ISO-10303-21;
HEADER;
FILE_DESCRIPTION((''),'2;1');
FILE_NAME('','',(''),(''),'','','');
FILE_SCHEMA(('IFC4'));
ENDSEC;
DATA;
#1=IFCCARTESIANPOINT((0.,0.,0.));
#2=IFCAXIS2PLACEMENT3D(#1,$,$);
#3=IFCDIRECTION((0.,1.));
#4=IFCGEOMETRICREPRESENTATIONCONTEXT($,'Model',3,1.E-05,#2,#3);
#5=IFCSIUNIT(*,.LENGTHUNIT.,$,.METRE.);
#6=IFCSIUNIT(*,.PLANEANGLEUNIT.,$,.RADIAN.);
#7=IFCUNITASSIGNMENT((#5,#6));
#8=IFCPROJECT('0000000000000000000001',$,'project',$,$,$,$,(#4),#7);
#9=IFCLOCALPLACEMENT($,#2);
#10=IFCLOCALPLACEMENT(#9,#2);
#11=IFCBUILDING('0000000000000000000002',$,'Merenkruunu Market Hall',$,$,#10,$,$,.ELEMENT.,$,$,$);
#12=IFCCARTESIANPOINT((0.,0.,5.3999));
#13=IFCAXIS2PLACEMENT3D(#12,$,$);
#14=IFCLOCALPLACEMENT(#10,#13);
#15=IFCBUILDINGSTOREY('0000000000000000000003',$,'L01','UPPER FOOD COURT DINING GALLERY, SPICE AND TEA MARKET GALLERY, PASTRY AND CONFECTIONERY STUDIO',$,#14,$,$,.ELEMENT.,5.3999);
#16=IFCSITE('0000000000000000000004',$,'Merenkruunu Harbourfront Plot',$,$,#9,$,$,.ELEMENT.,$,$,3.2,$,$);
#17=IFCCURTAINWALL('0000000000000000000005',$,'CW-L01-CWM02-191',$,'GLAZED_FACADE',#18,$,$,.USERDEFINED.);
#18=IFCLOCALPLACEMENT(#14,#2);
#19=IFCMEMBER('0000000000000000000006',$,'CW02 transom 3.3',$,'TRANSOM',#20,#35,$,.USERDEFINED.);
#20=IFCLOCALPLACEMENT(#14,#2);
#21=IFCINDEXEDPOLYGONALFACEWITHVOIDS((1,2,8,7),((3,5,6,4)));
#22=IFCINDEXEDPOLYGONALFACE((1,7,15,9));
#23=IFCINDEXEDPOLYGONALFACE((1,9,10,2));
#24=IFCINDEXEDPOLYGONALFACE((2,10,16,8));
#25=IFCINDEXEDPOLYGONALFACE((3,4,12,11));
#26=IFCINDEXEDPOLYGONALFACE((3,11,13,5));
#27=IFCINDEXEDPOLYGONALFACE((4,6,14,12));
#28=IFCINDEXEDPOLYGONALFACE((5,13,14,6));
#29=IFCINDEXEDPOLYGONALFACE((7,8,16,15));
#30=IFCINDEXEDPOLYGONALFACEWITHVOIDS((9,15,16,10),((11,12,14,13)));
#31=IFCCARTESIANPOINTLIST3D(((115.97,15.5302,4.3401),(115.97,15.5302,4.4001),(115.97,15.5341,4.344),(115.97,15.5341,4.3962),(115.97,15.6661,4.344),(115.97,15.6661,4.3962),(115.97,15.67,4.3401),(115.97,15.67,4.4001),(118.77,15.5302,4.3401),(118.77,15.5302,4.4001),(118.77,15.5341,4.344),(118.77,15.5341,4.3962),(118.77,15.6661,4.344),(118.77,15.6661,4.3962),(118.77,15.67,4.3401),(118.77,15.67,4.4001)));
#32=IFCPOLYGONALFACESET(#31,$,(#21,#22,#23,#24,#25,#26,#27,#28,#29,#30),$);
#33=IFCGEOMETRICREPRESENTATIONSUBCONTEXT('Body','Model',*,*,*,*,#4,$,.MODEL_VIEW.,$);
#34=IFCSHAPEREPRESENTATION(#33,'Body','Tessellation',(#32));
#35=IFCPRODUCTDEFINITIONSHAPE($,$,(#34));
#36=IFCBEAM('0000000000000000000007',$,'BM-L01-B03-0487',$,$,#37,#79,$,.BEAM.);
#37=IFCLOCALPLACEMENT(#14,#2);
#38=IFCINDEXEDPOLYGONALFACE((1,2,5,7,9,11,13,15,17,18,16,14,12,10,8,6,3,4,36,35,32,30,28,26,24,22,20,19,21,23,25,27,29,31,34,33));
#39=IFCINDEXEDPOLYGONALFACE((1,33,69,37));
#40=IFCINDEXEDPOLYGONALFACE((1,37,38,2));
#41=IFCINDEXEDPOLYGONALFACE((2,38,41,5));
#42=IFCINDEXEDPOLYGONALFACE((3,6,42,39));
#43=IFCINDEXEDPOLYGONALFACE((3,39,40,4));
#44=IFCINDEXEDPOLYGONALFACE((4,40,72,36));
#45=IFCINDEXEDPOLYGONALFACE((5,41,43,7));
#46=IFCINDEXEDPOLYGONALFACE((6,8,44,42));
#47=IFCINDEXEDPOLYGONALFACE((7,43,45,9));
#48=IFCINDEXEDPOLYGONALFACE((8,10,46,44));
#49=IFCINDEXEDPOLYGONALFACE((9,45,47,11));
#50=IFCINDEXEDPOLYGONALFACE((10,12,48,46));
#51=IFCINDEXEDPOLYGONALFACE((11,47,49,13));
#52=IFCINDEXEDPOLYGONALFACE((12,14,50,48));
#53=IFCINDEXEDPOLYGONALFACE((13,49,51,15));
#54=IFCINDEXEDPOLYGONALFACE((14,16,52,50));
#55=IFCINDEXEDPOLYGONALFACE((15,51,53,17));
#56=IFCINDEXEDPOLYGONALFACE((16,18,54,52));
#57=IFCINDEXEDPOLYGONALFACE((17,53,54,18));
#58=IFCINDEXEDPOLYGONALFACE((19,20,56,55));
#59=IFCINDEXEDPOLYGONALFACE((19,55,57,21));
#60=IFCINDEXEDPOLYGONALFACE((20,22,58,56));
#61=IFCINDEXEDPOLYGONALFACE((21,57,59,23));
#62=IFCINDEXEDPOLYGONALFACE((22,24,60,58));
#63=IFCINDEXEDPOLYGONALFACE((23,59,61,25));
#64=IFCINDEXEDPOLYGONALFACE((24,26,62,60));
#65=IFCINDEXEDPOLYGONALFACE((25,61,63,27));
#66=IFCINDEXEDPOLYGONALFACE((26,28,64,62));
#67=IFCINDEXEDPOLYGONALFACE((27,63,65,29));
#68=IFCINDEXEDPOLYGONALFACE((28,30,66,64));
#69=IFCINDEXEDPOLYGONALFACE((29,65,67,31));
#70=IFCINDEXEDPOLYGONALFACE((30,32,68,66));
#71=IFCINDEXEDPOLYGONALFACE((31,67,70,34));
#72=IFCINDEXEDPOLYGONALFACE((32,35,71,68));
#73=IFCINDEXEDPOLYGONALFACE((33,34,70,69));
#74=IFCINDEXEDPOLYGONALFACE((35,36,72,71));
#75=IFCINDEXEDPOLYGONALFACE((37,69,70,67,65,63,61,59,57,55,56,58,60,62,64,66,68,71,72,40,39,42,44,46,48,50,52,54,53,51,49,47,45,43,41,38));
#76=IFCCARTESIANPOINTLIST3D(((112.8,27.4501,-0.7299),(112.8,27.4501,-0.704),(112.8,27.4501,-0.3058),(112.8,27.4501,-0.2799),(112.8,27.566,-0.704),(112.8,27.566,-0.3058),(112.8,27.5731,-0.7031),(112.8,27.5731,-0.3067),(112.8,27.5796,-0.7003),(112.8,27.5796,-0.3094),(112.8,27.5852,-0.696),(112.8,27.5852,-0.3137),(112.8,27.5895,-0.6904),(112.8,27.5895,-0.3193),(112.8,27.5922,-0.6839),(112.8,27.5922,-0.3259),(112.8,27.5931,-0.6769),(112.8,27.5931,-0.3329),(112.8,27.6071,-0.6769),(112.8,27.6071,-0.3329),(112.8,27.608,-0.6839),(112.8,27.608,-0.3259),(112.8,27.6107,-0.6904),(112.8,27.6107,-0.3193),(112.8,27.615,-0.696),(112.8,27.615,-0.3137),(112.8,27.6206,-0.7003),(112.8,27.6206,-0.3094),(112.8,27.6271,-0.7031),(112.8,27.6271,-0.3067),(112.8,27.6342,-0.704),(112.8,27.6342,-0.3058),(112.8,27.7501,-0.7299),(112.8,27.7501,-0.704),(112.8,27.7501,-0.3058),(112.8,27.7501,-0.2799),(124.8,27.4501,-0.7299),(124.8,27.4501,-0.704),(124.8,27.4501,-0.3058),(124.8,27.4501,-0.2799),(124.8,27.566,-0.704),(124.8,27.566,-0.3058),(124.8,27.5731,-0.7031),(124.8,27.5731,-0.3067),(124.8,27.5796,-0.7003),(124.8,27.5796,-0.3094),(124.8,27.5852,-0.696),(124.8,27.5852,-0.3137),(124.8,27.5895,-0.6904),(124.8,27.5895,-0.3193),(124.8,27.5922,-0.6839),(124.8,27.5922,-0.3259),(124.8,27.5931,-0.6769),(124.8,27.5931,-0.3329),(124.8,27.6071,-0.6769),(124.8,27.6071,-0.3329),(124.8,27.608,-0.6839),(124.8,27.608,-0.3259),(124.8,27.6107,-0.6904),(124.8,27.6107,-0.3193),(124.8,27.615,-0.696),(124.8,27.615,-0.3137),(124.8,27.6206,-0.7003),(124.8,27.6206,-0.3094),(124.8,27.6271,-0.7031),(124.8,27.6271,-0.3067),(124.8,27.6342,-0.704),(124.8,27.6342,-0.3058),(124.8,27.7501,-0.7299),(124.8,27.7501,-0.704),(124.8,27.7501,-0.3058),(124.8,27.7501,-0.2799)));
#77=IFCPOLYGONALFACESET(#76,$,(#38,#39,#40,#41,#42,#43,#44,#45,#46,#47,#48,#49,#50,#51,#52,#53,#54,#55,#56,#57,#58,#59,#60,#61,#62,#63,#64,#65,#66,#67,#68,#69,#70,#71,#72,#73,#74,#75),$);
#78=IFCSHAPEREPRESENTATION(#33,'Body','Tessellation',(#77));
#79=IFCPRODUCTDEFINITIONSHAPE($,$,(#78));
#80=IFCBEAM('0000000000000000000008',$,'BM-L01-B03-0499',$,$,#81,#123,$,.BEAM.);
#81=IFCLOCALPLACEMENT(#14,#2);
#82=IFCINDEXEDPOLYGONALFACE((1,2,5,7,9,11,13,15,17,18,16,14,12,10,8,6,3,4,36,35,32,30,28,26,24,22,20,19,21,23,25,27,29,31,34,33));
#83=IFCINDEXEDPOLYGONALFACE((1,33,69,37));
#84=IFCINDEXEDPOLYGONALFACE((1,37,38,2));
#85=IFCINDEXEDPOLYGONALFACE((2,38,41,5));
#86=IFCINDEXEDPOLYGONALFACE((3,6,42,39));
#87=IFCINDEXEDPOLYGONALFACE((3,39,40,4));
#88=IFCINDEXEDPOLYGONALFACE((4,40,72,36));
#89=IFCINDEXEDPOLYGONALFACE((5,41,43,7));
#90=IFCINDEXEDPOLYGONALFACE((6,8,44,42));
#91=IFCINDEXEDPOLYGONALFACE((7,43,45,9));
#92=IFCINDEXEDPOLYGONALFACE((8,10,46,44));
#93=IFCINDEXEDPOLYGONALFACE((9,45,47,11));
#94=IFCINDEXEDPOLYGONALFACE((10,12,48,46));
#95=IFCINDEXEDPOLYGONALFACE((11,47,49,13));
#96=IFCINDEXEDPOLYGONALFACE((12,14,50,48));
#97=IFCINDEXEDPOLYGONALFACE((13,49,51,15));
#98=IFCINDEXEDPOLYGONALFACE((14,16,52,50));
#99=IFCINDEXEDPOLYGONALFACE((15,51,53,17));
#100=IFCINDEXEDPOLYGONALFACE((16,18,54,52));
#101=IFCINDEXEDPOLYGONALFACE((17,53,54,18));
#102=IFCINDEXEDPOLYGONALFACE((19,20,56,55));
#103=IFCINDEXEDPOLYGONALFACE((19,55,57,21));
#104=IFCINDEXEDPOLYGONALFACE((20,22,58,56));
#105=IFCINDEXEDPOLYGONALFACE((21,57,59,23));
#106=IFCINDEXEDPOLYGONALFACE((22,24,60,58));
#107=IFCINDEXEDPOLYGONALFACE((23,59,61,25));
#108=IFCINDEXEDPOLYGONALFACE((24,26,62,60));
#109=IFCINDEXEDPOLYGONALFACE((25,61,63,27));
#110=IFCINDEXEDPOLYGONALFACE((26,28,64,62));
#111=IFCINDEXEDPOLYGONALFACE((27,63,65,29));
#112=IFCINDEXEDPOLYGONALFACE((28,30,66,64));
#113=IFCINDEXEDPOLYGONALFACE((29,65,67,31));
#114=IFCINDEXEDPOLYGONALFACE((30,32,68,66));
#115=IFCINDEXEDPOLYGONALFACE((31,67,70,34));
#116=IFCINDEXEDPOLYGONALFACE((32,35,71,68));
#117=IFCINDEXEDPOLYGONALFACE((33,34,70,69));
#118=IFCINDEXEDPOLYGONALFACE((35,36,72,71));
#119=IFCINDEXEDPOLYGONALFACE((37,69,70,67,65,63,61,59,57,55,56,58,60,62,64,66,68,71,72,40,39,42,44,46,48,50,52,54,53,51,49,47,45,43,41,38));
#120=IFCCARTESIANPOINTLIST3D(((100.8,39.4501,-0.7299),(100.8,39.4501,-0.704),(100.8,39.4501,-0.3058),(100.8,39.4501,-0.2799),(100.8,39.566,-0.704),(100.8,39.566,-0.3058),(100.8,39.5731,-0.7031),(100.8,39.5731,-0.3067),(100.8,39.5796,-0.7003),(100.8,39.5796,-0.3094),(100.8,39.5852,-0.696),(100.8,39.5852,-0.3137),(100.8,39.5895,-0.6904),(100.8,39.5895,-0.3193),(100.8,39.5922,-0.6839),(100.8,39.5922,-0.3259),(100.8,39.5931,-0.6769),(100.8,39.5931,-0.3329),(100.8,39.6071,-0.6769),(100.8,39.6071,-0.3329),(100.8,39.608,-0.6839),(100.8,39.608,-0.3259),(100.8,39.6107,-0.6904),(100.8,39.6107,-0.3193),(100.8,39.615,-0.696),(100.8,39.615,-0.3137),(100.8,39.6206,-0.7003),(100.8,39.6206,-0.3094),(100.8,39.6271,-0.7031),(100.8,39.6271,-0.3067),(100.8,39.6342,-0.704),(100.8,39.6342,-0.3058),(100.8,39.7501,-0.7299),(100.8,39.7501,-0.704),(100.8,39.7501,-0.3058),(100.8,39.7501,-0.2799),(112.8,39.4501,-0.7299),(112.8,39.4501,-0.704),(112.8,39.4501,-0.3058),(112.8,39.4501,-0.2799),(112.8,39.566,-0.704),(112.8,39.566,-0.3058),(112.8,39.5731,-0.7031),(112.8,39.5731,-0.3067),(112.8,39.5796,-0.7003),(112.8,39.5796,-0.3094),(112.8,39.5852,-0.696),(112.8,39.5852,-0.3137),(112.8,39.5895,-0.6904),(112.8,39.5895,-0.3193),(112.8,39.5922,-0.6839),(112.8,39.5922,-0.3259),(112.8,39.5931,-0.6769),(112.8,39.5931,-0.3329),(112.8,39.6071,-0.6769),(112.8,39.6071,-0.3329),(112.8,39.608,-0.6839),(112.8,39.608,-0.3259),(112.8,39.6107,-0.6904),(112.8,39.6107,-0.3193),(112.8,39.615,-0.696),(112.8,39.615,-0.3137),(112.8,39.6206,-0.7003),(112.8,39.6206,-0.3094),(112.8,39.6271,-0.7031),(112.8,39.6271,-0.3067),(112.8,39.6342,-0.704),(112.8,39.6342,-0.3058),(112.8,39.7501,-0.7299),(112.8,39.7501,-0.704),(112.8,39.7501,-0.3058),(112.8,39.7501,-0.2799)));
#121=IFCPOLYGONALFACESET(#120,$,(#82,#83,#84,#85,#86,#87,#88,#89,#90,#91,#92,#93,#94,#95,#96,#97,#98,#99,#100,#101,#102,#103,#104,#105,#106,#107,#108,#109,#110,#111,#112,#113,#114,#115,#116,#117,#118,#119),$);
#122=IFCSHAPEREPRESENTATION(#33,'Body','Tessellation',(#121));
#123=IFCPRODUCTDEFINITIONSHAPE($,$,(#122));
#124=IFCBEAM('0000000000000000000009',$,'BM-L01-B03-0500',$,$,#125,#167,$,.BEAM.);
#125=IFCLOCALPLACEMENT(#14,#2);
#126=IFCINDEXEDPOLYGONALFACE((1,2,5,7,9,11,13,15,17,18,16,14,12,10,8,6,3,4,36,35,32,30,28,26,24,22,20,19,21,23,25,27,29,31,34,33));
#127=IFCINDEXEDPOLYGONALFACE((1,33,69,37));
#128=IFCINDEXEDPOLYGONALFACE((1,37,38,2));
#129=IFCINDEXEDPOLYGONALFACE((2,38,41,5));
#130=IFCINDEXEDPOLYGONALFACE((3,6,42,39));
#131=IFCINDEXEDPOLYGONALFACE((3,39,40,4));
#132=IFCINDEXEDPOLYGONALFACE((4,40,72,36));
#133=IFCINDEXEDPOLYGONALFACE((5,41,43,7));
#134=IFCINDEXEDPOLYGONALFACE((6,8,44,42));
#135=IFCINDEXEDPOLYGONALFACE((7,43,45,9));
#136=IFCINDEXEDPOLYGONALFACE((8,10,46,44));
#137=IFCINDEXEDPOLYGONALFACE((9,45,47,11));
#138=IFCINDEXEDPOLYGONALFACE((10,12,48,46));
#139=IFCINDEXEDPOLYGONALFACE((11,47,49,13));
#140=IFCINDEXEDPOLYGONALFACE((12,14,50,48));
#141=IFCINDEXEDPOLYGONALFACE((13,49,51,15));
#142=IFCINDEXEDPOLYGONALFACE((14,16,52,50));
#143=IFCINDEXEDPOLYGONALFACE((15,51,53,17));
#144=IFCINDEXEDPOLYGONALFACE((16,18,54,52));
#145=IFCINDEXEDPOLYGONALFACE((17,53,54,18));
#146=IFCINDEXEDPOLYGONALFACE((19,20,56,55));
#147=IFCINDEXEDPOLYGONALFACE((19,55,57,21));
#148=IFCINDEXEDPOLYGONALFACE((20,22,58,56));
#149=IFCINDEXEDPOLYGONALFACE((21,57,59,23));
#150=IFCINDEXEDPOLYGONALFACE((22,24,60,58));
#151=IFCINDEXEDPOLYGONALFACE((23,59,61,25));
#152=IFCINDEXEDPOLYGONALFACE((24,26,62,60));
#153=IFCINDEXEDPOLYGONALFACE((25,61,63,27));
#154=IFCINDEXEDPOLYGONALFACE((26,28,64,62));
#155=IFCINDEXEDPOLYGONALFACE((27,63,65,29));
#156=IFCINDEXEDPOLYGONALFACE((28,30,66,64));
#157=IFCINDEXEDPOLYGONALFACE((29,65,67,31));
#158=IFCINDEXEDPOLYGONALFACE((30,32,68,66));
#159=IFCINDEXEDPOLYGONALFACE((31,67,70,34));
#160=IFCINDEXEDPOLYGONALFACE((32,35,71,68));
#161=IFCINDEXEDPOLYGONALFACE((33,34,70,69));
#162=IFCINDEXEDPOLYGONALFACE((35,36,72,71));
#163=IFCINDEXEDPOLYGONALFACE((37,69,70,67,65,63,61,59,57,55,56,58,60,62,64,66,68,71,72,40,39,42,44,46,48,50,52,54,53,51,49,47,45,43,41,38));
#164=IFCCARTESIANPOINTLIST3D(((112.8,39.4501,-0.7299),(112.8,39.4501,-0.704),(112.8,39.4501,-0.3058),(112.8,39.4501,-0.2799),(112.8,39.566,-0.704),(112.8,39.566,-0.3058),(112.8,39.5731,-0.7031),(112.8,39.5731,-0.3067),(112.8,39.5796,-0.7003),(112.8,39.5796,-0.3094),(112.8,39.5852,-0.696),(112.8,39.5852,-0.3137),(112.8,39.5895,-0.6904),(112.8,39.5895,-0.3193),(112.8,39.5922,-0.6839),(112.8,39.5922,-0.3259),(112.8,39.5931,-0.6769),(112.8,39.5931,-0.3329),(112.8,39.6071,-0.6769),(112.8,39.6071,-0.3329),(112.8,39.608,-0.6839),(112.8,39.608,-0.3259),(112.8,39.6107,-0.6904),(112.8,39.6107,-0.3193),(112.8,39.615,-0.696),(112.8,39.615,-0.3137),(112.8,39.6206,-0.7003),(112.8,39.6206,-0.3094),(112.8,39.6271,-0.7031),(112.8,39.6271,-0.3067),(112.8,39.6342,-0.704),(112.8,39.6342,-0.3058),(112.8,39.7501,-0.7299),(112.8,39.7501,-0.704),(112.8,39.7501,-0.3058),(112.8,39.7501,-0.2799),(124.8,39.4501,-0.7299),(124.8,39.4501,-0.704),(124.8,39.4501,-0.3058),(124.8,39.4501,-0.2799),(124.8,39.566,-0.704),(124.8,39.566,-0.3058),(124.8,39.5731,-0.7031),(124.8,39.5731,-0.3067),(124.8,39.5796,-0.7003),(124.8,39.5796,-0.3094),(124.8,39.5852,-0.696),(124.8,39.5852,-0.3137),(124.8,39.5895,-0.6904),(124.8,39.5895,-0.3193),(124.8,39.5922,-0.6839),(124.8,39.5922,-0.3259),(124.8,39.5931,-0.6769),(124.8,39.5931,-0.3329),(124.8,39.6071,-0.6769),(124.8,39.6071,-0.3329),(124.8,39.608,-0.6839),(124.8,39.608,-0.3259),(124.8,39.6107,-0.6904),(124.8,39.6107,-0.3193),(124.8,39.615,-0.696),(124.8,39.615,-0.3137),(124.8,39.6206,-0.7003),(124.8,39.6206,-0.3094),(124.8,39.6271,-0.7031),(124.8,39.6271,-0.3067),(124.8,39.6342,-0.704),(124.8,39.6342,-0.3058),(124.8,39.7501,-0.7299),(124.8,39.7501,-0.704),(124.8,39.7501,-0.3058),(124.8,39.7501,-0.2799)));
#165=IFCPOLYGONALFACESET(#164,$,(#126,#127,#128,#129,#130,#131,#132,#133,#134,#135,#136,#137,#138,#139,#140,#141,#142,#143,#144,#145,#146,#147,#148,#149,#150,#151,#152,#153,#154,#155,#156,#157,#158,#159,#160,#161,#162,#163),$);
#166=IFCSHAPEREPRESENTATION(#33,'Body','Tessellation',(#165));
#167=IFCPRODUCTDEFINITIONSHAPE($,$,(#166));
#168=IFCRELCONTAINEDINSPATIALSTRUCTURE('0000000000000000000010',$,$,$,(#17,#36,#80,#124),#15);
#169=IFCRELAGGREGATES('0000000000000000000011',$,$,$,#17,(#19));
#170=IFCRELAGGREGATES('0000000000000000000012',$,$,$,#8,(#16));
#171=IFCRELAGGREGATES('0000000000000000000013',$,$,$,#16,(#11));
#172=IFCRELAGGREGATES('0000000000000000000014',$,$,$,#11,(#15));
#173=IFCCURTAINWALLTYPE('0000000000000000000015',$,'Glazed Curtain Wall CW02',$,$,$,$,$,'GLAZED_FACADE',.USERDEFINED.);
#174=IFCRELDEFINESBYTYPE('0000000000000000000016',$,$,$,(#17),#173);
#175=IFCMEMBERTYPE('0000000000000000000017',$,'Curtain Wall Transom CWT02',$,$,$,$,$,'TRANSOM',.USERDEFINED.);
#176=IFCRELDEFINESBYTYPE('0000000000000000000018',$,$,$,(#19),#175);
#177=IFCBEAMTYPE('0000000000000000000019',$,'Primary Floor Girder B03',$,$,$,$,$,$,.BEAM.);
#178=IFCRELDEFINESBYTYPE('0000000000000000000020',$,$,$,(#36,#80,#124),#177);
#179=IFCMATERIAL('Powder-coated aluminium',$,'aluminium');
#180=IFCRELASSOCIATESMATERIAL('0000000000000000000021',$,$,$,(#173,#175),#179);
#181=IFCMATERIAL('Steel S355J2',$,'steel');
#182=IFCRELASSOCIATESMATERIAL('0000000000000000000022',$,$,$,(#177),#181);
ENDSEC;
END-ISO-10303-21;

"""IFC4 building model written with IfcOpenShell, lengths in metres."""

from ifc_helpers import new_model, si_unit, direction, frame, origin, origin_2d, place, context, subcontext, project, spatial, hollow_rectangle, i_section, extrude, material, material_profile, profile_set, type_object, element, aggregate, save


model = new_model("IFC4")

# Units and contexts
model_context = context("Model", 3, precision=1e-05, world=origin(), true_north=direction((0.0, 1.0)))
body_context = subcontext(model_context, "Body", "Model", "MODEL_VIEW")
ifc_project = project(units=[si_unit("LENGTHUNIT", "METRE"), si_unit("PLANEANGLEUNIT", "RADIAN")], contexts=[model_context])

# Site, building, storey
site_placement = place(None, origin())
site = spatial("IfcSite", under=ifc_project, at=site_placement, Name="Merenkruunu Harbourfront Plot", CompositionType="ELEMENT", RefElevation=3.2)
building_placement = place(site_placement, origin())
building = spatial("IfcBuilding", under=site, at=building_placement, Name="Merenkruunu Market Hall", CompositionType="ELEMENT")
storey_placement = place(building_placement, frame((0.0, 0.0, 5.3999)))
storey = spatial("IfcBuildingStorey", under=building, at=storey_placement, Name="L01", Description="UPPER FOOD COURT DINING GALLERY, SPICE AND TEA MARKET GALLERY, PASTRY AND CONFECTIONERY STUDIO", CompositionType="ELEMENT", Elevation=5.3999)

# Shared definitions
ifc_material_1 = material(Name="Steel S355J2", Category="steel")

# Curtain wall, member
ifc_material_2 = material(Name="Powder-coated aluminium", Category="aluminium")
curtain_wall_type = type_object("IfcCurtainWallType", Name="Glazed Curtain Wall CW02", ElementType="GLAZED_FACADE", PredefinedType="USERDEFINED", material=ifc_material_2)
curtain_wall_placement = place(storey_placement, origin())
curtain_wall = element("IfcCurtainWall", 1, at=curtain_wall_placement, inside=storey, type_object=curtain_wall_type, Name="CW-L01-CWM02-191", ObjectType="GLAZED_FACADE", PredefinedType="USERDEFINED")
ifc_material_profile_1 = material_profile(ifc_material_2, hollow_rectangle(XDim=0.0601, YDim=0.1399, WallThickness=0.0039, at=origin_2d()), Name="ALU 60x140x4")
ifc_profile_set_1 = profile_set([ifc_material_profile_1], Name="Powder-coated aluminium")
member_type_1 = type_object("IfcMemberType", Name="Curtain Wall Transom CWT02", ElementType="TRANSOM", PredefinedType="USERDEFINED", material=ifc_profile_set_1)
member_1_placement = place(storey_placement, frame((118.77, 15.6001, 4.3701), z_axis=(-1.0, 0.0, 0.0), x_axis=(0.0, 0.0, 1.0)))
member_1 = element("IfcMember", 2, at=member_1_placement, type_object=member_type_1, Name="CW02 transom 3.3", ObjectType="TRANSOM", PredefinedType="USERDEFINED", context=body_context, shape_type="SweptSolid", body=[
    extrude(hollow_rectangle(XDim=0.0601, YDim=0.1399, WallThickness=0.0039, at=origin_2d()), origin(), (0.0, 0.0, 1.0), 2.8),
])

# Beams
ifc_material_profile_2 = material_profile(ifc_material_1, i_section(OverallWidth=0.3, OverallDepth=0.45, WebThickness=0.0139, FlangeThickness=0.0259, FilletRadius=0.0271, at=origin_2d()), Name="HEB 450")
ifc_profile_set_2 = profile_set([ifc_material_profile_2], Name="Steel S355J2")
beam_type_1 = type_object("IfcBeamType", Name="Primary Floor Girder B03", PredefinedType="BEAM", material=ifc_profile_set_2)
for number, where, z_axis, x_axis, name in (
    (3, (112.8, 27.6001, -0.5049), (1.0, 0.0, 0.0), (0.0, 1.0, 0.0), "BM-L01-B03-0487"),
    (4, (100.8, 39.6001, -0.5049), (1.0, 0.0, 0.0), (0.0, 1.0, 0.0), "BM-L01-B03-0499"),
    (5, (112.8, 39.6001, -0.5049), (1.0, 0.0, 0.0), (0.0, 1.0, 0.0), "BM-L01-B03-0500"),
):
    element("IfcBeam", number, at=place(storey_placement, frame(where, z_axis=z_axis, x_axis=x_axis)), inside=storey, type_object=beam_type_1, Name=name, PredefinedType="BEAM", context=body_context, shape_type="SweptSolid", body=[
        extrude(i_section(OverallWidth=0.3, OverallDepth=0.45, WebThickness=0.0139, FlangeThickness=0.0259, FilletRadius=0.0271, at=origin_2d()), origin(), (0.0, 0.0, 1.0), 12.0),
    ])

aggregate(curtain_wall, [member_1])

save(model, "model.ifc")
